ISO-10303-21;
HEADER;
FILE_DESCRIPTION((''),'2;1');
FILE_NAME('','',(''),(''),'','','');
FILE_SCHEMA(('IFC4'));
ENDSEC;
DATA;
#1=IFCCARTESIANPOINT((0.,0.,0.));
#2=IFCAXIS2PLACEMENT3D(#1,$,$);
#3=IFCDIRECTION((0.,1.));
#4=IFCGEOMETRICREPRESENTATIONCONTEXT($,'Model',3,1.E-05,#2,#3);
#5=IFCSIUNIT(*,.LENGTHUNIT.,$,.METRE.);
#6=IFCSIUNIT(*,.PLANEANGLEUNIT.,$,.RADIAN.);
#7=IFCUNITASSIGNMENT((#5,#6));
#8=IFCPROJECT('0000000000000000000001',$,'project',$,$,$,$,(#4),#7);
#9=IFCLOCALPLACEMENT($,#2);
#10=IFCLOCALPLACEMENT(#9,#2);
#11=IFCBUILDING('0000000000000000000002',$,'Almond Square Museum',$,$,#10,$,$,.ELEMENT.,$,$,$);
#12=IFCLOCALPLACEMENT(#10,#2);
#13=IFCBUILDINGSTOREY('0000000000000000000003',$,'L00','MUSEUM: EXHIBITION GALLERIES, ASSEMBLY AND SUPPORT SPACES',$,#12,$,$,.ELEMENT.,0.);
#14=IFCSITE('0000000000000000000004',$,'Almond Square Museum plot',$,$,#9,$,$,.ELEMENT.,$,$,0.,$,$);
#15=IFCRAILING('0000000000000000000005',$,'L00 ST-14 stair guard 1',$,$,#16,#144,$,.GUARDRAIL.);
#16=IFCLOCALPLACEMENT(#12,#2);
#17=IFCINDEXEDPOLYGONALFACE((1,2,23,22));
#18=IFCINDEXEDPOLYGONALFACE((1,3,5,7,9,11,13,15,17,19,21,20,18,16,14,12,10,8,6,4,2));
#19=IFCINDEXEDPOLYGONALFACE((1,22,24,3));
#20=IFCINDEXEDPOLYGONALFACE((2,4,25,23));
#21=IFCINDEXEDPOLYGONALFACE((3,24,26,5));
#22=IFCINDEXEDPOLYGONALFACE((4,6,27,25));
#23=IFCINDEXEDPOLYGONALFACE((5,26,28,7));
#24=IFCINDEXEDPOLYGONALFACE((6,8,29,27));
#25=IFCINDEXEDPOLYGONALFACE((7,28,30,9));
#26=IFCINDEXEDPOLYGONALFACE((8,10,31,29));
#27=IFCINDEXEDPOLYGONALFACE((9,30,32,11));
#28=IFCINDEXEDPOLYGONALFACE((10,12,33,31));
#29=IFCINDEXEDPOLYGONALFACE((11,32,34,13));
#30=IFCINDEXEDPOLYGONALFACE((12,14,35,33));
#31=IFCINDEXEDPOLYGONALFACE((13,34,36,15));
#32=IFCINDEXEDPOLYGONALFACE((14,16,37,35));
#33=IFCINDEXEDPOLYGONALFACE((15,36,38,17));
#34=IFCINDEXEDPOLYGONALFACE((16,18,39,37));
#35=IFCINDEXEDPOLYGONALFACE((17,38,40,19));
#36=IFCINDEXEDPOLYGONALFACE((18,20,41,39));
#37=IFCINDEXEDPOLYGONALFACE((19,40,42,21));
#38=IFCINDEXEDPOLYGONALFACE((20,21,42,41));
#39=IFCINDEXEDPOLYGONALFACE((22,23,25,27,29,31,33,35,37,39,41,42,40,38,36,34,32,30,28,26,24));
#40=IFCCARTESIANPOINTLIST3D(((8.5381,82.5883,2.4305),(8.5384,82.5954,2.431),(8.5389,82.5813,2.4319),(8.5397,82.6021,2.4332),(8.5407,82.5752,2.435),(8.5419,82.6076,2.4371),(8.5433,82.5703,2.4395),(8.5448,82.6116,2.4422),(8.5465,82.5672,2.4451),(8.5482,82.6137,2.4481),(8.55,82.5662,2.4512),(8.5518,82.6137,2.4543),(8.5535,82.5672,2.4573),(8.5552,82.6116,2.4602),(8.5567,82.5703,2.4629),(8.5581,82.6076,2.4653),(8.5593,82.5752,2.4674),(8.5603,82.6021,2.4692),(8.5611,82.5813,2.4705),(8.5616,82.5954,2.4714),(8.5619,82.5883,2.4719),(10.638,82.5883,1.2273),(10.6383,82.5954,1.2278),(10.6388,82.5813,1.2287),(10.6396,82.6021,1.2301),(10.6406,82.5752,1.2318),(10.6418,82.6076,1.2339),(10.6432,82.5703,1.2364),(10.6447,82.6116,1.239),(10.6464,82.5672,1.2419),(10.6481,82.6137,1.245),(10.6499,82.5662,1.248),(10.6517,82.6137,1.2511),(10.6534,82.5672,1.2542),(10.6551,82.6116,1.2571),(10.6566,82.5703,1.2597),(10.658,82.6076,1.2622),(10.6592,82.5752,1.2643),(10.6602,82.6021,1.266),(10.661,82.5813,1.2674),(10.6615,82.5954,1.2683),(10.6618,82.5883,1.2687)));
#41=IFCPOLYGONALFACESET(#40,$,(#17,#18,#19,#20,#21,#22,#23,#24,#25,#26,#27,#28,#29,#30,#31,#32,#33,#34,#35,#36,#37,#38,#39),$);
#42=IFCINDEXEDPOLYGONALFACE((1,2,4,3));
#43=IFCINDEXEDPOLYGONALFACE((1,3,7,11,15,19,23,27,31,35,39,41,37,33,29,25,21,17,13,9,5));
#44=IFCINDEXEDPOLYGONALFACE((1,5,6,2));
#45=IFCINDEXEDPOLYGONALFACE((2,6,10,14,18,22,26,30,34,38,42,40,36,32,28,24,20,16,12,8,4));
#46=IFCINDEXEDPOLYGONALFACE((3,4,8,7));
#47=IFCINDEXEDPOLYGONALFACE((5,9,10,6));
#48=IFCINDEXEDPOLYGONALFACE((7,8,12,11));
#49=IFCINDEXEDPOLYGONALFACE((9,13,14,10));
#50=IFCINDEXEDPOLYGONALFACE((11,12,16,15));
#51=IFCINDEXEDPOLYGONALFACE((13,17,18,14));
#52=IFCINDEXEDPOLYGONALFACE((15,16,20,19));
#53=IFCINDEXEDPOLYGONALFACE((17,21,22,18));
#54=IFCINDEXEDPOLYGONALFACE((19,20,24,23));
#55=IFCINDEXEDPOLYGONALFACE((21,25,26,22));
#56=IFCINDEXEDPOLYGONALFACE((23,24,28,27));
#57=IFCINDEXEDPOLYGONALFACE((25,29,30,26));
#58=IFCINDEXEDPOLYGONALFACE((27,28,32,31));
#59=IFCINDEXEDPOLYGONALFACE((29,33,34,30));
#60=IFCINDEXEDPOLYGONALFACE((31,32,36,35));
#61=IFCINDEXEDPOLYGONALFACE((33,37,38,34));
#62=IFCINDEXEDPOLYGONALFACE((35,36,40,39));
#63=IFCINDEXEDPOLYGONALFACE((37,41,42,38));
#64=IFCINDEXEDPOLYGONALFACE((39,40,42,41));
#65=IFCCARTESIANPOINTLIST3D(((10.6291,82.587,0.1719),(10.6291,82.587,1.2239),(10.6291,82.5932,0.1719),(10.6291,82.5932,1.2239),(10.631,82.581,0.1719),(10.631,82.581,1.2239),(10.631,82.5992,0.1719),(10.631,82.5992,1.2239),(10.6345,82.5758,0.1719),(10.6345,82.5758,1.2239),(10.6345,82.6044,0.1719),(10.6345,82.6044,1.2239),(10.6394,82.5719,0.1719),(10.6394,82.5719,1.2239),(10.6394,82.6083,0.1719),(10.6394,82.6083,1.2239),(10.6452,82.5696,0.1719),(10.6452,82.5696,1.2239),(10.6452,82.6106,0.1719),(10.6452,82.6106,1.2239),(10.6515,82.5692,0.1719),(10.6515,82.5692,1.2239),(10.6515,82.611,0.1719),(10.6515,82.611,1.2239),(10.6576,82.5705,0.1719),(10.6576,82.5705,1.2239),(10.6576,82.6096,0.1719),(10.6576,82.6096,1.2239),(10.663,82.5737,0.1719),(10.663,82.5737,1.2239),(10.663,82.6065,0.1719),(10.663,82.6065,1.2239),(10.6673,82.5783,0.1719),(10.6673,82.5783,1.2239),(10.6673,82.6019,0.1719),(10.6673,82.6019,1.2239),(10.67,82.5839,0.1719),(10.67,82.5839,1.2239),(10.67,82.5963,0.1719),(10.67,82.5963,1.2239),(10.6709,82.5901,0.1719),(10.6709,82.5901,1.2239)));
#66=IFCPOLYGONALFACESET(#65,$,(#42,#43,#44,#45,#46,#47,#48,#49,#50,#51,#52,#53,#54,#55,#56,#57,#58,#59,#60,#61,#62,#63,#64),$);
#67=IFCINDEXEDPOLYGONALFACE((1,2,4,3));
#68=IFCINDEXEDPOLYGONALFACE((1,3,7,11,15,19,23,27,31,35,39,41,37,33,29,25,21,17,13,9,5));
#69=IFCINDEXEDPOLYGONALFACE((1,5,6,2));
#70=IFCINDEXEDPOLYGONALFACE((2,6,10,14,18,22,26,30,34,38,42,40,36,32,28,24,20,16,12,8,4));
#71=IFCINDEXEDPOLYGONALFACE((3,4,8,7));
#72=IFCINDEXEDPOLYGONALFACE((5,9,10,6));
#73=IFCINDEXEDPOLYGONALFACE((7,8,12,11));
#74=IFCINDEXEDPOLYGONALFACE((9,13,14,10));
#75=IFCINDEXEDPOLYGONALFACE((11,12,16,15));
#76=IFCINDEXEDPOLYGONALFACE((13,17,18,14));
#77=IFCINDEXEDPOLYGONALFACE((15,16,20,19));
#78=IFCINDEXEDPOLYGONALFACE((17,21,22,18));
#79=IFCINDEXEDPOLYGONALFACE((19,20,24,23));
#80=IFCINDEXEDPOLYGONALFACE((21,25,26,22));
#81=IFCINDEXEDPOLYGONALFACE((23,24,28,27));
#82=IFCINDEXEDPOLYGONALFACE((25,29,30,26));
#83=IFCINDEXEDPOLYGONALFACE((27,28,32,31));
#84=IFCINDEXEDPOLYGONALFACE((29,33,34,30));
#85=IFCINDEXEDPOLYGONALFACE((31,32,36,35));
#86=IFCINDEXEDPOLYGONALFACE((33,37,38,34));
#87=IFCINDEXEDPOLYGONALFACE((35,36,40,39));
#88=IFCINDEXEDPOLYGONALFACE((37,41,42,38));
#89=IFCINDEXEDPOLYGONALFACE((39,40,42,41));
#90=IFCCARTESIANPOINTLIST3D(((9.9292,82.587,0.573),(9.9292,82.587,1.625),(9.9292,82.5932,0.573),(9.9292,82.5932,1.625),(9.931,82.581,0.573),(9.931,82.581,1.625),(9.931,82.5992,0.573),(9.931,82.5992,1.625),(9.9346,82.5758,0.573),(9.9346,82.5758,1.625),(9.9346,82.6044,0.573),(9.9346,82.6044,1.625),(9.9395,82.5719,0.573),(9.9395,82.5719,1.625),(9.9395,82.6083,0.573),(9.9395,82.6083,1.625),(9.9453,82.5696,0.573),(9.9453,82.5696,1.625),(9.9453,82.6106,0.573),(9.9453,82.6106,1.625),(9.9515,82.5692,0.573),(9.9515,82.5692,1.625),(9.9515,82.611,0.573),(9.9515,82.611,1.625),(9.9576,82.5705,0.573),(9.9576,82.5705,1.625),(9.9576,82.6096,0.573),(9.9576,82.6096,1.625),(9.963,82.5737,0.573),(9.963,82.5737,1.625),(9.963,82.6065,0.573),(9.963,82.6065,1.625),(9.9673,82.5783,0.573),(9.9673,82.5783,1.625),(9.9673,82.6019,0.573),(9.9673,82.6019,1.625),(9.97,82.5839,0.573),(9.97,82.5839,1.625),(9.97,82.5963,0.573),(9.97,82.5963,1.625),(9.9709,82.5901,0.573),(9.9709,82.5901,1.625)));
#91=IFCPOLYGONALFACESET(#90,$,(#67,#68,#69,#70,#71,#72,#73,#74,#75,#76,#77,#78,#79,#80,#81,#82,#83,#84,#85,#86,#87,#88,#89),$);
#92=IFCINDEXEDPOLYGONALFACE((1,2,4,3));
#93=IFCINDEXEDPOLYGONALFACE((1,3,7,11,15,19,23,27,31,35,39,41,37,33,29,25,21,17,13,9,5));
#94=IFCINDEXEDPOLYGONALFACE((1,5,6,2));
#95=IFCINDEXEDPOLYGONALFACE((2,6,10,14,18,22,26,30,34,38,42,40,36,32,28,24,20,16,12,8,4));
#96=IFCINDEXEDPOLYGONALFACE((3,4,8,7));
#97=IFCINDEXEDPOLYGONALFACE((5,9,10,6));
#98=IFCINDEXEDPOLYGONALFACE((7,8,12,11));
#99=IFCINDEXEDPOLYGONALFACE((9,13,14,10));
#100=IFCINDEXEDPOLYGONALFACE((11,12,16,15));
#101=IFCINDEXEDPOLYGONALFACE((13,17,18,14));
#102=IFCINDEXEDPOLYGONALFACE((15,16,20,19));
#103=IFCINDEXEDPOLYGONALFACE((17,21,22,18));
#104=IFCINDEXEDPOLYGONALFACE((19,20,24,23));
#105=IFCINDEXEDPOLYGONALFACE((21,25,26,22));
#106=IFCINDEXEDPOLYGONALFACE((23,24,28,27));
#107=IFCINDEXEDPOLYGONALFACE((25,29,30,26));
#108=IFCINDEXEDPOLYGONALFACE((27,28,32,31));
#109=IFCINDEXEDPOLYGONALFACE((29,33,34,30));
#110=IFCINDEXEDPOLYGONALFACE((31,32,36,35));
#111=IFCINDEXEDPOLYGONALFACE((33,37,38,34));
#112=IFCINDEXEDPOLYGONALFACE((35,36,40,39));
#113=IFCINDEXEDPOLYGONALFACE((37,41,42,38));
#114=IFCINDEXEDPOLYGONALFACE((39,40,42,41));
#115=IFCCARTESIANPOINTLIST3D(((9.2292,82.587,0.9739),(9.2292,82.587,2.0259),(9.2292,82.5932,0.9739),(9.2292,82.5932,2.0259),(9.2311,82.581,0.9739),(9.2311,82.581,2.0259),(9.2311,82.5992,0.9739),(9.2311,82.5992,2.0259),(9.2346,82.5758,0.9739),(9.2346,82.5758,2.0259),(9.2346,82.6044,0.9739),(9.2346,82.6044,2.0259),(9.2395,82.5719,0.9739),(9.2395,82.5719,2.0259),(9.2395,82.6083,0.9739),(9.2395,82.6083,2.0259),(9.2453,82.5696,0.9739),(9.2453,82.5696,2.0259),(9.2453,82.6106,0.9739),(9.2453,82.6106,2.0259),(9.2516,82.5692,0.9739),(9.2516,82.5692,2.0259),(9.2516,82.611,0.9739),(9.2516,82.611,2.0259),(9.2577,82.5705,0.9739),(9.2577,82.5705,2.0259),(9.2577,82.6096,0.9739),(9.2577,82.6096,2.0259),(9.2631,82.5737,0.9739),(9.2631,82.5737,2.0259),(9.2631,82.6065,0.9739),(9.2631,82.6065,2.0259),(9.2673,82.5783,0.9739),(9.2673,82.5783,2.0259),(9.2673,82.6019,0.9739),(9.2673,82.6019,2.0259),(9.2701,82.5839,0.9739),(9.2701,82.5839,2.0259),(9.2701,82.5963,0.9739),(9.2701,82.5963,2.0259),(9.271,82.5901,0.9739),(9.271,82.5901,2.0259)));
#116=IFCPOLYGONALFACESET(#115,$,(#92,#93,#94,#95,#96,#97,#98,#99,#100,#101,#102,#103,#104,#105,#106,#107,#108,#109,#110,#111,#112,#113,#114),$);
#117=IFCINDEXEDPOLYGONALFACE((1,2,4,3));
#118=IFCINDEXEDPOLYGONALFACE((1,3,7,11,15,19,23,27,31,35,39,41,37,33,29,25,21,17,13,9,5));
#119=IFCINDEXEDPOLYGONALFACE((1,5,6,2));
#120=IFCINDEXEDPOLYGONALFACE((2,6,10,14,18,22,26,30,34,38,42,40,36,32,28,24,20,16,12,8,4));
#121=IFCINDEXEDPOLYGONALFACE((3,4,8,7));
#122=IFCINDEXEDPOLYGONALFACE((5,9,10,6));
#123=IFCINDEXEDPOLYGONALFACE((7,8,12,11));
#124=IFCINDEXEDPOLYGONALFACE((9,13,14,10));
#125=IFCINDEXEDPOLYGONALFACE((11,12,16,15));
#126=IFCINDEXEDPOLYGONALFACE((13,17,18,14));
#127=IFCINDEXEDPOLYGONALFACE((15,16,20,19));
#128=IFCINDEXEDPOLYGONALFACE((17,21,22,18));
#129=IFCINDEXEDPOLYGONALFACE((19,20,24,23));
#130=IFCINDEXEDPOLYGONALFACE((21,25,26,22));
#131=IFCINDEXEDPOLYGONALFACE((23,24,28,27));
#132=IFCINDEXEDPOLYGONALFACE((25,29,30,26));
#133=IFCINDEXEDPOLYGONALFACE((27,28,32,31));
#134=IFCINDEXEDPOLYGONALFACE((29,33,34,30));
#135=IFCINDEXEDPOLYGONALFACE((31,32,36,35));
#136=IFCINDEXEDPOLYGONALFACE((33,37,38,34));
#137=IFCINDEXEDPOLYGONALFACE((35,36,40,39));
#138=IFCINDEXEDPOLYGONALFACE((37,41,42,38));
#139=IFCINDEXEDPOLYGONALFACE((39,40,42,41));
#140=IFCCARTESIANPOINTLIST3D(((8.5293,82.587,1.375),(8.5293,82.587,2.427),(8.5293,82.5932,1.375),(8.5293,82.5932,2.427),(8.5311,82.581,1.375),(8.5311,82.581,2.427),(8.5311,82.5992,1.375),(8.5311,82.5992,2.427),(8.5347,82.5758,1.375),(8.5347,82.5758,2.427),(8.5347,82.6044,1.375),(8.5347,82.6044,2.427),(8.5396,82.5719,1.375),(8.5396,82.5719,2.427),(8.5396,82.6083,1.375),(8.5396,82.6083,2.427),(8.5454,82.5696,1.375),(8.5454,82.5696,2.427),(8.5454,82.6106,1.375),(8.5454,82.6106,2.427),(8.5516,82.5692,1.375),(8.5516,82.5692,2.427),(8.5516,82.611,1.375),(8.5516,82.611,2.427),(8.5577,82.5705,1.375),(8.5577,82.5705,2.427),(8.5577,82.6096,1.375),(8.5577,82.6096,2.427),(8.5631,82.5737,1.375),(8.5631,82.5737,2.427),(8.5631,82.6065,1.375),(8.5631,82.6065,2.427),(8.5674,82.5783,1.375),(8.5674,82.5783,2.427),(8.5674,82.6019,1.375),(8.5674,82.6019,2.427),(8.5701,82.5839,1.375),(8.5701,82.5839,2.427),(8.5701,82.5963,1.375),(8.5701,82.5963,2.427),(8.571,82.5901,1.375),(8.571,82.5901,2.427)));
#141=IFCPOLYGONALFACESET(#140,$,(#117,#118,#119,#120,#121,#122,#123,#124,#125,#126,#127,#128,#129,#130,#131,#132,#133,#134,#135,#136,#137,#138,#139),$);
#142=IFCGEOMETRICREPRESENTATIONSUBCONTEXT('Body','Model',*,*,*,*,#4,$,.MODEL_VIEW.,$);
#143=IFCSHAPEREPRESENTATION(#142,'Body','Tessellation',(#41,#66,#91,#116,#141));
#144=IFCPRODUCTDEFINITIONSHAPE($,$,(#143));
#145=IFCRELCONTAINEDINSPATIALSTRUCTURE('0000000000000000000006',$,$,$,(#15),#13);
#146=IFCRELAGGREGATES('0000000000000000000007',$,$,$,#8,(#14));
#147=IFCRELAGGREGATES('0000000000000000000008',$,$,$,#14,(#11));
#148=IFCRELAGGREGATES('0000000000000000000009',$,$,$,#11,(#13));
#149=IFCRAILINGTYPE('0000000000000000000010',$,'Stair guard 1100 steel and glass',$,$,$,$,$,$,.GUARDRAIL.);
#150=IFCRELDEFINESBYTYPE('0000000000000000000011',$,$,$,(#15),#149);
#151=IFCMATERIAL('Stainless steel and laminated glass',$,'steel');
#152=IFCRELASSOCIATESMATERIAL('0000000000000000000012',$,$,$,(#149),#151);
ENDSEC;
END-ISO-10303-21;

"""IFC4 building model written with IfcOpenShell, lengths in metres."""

from ifc_helpers import new_model, si_unit, direction, frame, origin, origin_2d, place, context, subcontext, project, spatial, circle, extrude, material, type_object, element, save


model = new_model("IFC4")

# Units and contexts
model_context = context("Model", 3, precision=1e-05, world=origin(), true_north=direction((0.0, 1.0)))
body_context = subcontext(model_context, "Body", "Model", "MODEL_VIEW")
ifc_project = project(units=[si_unit("LENGTHUNIT", "METRE"), si_unit("PLANEANGLEUNIT", "RADIAN")], contexts=[model_context])

# Site, building, storey
site_placement = place(None, origin())
site = spatial("IfcSite", under=ifc_project, at=site_placement, Name="Almond Square Museum plot", CompositionType="ELEMENT", RefElevation=0.0)
building_placement = place(site_placement, origin())
building = spatial("IfcBuilding", under=site, at=building_placement, Name="Almond Square Museum", CompositionType="ELEMENT")
storey_placement = place(building_placement, origin())
storey = spatial("IfcBuildingStorey", under=building, at=storey_placement, Name="L00", Description="MUSEUM: EXHIBITION GALLERIES, ASSEMBLY AND SUPPORT SPACES", CompositionType="ELEMENT", Elevation=0.0)

# Railing
ifc_material_1 = material(Name="Stainless steel and laminated glass", Category="steel")
railing_type_1 = type_object("IfcRailingType", Name="Stair guard 1100 steel and glass", PredefinedType="GUARDRAIL", material=ifc_material_1)
railing_1_placement = place(storey_placement, frame((10.6499, 82.5901, 0.1719)))
element("IfcRailing", 1, at=railing_1_placement, inside=storey, type_object=railing_type_1, Name="L00 ST-14 stair guard 1", PredefinedType="GUARDRAIL", context=body_context, shape_type="SweptSolid", body=[
    extrude(circle(Radius=0.0239, at=origin_2d()), frame((0.0, 0.0, 1.0762), z_axis=(-0.867671, 0.0, 0.497138), x_axis=(0.0, -1.0, 0.0)), (0.0, 0.0, 1.0), 2.4202),
    extrude(circle(Radius=0.021, at=origin_2d()), origin(), (0.0, 0.0, 1.0), 1.052),
    extrude(circle(Radius=0.021, at=origin_2d()), frame((-0.7, 0.0, 0.4011)), (0.0, 0.0, 1.0), 1.052),
    extrude(circle(Radius=0.021, at=origin_2d()), frame((-1.3999, 0.0, 0.802)), (0.0, 0.0, 1.0), 1.052),
    extrude(circle(Radius=0.021, at=origin_2d()), frame((-2.0999, 0.0, 1.2031)), (0.0, 0.0, 1.0), 1.052),
])

save(model, "model.ifc")
